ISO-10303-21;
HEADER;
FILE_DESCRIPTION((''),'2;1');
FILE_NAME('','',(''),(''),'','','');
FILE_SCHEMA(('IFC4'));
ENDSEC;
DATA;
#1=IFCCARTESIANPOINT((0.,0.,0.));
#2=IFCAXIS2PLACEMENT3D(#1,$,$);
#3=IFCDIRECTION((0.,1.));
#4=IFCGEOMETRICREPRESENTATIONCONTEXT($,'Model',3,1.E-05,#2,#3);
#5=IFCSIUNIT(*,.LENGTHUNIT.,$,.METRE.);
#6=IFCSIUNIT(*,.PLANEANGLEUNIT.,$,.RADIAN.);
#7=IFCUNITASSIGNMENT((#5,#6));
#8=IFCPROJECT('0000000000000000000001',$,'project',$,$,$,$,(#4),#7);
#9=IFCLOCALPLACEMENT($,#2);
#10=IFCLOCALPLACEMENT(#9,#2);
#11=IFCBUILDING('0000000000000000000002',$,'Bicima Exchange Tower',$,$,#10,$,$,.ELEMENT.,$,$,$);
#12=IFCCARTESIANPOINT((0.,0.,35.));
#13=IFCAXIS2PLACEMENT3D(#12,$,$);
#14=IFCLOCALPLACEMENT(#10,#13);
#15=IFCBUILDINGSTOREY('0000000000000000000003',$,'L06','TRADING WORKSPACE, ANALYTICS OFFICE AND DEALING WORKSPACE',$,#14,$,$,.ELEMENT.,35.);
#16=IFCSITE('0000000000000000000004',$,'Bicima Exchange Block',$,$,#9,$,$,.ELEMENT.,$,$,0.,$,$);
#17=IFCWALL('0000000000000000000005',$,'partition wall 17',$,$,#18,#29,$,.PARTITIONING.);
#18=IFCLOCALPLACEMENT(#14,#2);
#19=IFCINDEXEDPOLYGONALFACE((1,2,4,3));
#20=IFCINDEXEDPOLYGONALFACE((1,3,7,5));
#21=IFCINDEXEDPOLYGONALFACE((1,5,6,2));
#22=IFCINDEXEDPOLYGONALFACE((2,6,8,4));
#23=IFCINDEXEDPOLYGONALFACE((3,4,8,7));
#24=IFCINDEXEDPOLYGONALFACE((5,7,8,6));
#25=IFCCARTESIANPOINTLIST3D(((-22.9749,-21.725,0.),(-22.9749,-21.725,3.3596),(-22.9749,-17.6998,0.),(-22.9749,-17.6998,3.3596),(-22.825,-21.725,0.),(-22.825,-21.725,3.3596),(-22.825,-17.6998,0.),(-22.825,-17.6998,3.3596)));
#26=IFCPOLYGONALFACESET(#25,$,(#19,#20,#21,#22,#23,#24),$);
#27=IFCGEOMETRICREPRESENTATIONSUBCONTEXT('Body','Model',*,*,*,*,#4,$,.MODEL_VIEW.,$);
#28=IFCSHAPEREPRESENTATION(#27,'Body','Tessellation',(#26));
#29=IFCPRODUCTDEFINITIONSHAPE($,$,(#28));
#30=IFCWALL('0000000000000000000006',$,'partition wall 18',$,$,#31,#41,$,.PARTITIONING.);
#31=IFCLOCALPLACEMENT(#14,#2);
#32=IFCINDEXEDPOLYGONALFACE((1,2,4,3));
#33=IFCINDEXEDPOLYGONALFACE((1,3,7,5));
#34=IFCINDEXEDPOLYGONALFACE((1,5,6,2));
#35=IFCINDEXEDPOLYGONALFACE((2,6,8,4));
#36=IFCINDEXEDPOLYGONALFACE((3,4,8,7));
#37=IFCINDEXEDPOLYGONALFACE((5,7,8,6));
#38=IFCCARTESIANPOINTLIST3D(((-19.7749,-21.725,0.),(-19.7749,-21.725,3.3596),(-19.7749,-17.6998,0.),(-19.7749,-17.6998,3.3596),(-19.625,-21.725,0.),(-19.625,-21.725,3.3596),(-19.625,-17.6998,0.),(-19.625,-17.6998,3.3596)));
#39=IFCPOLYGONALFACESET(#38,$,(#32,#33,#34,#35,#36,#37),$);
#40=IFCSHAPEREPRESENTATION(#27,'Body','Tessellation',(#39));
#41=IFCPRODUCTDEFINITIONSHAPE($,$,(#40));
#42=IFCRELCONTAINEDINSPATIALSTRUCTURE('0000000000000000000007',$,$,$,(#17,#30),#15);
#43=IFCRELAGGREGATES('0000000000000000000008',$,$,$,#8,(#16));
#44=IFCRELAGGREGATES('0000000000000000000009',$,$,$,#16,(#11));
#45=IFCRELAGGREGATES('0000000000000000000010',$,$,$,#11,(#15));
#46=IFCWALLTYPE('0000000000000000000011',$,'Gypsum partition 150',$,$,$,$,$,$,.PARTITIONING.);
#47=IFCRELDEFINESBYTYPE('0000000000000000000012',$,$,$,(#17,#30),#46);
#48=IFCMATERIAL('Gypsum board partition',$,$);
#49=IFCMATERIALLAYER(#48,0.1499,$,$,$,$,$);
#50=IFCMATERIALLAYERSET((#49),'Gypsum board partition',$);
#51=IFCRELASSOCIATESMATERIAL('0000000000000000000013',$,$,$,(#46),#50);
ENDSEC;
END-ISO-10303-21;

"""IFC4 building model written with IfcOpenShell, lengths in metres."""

from ifc_helpers import new_model, si_unit, direction, frame, frame_2d, origin, place, context, subcontext, project, spatial, rectangle, extrude, material, layer, layer_set, type_object, element, save


model = new_model("IFC4")

# Units and contexts
model_context = context("Model", 3, precision=1e-05, world=origin(), true_north=direction((0.0, 1.0)))
body_context = subcontext(model_context, "Body", "Model", "MODEL_VIEW")
ifc_project = project(units=[si_unit("LENGTHUNIT", "METRE"), si_unit("PLANEANGLEUNIT", "RADIAN")], contexts=[model_context])

# Site, building, storey
site_placement = place(None, origin())
site = spatial("IfcSite", under=ifc_project, at=site_placement, Name="Bicima Exchange Block", CompositionType="ELEMENT", RefElevation=0.0)
building_placement = place(site_placement, origin())
building = spatial("IfcBuilding", under=site, at=building_placement, Name="Bicima Exchange Tower", CompositionType="ELEMENT")
storey_placement = place(building_placement, frame((0.0, 0.0, 35.0)))
storey = spatial("IfcBuildingStorey", under=building, at=storey_placement, Name="L06", Description="TRADING WORKSPACE, ANALYTICS OFFICE AND DEALING WORKSPACE", CompositionType="ELEMENT", Elevation=35.0)

# Shared definitions
ifc_material_1 = material(Name="Gypsum board partition")

# Walls
ifc_layer_1 = layer(ifc_material_1, 0.1499)
ifc_layer_set_1 = layer_set([ifc_layer_1], Name="Gypsum board partition")
wall_type_1 = type_object("IfcWallType", Name="Gypsum partition 150", PredefinedType="PARTITIONING", material=ifc_layer_set_1)
for number, where, z_axis, x_axis, name in (
    (1, (-22.8999, -21.7251, 0.0), (0.0, 0.0, 1.0), (0.0, 1.0, 0.0), "partition wall 17"),
    (2, (-19.7, -21.7251, 0.0), (0.0, 0.0, 1.0), (0.0, 1.0, 0.0), "partition wall 18"),
):
    element("IfcWall", number, at=place(storey_placement, frame(where, z_axis=z_axis, x_axis=x_axis)), inside=storey, type_object=wall_type_1, Name=name, PredefinedType="PARTITIONING", context=body_context, shape_type="SweptSolid", body=[
        extrude(rectangle(XDim=4.0251, YDim=0.1499, at=frame_2d((2.0127, 0.0))), origin(), (0.0, 0.0, 1.0), 3.3596),
    ])

save(model, "model.ifc")
